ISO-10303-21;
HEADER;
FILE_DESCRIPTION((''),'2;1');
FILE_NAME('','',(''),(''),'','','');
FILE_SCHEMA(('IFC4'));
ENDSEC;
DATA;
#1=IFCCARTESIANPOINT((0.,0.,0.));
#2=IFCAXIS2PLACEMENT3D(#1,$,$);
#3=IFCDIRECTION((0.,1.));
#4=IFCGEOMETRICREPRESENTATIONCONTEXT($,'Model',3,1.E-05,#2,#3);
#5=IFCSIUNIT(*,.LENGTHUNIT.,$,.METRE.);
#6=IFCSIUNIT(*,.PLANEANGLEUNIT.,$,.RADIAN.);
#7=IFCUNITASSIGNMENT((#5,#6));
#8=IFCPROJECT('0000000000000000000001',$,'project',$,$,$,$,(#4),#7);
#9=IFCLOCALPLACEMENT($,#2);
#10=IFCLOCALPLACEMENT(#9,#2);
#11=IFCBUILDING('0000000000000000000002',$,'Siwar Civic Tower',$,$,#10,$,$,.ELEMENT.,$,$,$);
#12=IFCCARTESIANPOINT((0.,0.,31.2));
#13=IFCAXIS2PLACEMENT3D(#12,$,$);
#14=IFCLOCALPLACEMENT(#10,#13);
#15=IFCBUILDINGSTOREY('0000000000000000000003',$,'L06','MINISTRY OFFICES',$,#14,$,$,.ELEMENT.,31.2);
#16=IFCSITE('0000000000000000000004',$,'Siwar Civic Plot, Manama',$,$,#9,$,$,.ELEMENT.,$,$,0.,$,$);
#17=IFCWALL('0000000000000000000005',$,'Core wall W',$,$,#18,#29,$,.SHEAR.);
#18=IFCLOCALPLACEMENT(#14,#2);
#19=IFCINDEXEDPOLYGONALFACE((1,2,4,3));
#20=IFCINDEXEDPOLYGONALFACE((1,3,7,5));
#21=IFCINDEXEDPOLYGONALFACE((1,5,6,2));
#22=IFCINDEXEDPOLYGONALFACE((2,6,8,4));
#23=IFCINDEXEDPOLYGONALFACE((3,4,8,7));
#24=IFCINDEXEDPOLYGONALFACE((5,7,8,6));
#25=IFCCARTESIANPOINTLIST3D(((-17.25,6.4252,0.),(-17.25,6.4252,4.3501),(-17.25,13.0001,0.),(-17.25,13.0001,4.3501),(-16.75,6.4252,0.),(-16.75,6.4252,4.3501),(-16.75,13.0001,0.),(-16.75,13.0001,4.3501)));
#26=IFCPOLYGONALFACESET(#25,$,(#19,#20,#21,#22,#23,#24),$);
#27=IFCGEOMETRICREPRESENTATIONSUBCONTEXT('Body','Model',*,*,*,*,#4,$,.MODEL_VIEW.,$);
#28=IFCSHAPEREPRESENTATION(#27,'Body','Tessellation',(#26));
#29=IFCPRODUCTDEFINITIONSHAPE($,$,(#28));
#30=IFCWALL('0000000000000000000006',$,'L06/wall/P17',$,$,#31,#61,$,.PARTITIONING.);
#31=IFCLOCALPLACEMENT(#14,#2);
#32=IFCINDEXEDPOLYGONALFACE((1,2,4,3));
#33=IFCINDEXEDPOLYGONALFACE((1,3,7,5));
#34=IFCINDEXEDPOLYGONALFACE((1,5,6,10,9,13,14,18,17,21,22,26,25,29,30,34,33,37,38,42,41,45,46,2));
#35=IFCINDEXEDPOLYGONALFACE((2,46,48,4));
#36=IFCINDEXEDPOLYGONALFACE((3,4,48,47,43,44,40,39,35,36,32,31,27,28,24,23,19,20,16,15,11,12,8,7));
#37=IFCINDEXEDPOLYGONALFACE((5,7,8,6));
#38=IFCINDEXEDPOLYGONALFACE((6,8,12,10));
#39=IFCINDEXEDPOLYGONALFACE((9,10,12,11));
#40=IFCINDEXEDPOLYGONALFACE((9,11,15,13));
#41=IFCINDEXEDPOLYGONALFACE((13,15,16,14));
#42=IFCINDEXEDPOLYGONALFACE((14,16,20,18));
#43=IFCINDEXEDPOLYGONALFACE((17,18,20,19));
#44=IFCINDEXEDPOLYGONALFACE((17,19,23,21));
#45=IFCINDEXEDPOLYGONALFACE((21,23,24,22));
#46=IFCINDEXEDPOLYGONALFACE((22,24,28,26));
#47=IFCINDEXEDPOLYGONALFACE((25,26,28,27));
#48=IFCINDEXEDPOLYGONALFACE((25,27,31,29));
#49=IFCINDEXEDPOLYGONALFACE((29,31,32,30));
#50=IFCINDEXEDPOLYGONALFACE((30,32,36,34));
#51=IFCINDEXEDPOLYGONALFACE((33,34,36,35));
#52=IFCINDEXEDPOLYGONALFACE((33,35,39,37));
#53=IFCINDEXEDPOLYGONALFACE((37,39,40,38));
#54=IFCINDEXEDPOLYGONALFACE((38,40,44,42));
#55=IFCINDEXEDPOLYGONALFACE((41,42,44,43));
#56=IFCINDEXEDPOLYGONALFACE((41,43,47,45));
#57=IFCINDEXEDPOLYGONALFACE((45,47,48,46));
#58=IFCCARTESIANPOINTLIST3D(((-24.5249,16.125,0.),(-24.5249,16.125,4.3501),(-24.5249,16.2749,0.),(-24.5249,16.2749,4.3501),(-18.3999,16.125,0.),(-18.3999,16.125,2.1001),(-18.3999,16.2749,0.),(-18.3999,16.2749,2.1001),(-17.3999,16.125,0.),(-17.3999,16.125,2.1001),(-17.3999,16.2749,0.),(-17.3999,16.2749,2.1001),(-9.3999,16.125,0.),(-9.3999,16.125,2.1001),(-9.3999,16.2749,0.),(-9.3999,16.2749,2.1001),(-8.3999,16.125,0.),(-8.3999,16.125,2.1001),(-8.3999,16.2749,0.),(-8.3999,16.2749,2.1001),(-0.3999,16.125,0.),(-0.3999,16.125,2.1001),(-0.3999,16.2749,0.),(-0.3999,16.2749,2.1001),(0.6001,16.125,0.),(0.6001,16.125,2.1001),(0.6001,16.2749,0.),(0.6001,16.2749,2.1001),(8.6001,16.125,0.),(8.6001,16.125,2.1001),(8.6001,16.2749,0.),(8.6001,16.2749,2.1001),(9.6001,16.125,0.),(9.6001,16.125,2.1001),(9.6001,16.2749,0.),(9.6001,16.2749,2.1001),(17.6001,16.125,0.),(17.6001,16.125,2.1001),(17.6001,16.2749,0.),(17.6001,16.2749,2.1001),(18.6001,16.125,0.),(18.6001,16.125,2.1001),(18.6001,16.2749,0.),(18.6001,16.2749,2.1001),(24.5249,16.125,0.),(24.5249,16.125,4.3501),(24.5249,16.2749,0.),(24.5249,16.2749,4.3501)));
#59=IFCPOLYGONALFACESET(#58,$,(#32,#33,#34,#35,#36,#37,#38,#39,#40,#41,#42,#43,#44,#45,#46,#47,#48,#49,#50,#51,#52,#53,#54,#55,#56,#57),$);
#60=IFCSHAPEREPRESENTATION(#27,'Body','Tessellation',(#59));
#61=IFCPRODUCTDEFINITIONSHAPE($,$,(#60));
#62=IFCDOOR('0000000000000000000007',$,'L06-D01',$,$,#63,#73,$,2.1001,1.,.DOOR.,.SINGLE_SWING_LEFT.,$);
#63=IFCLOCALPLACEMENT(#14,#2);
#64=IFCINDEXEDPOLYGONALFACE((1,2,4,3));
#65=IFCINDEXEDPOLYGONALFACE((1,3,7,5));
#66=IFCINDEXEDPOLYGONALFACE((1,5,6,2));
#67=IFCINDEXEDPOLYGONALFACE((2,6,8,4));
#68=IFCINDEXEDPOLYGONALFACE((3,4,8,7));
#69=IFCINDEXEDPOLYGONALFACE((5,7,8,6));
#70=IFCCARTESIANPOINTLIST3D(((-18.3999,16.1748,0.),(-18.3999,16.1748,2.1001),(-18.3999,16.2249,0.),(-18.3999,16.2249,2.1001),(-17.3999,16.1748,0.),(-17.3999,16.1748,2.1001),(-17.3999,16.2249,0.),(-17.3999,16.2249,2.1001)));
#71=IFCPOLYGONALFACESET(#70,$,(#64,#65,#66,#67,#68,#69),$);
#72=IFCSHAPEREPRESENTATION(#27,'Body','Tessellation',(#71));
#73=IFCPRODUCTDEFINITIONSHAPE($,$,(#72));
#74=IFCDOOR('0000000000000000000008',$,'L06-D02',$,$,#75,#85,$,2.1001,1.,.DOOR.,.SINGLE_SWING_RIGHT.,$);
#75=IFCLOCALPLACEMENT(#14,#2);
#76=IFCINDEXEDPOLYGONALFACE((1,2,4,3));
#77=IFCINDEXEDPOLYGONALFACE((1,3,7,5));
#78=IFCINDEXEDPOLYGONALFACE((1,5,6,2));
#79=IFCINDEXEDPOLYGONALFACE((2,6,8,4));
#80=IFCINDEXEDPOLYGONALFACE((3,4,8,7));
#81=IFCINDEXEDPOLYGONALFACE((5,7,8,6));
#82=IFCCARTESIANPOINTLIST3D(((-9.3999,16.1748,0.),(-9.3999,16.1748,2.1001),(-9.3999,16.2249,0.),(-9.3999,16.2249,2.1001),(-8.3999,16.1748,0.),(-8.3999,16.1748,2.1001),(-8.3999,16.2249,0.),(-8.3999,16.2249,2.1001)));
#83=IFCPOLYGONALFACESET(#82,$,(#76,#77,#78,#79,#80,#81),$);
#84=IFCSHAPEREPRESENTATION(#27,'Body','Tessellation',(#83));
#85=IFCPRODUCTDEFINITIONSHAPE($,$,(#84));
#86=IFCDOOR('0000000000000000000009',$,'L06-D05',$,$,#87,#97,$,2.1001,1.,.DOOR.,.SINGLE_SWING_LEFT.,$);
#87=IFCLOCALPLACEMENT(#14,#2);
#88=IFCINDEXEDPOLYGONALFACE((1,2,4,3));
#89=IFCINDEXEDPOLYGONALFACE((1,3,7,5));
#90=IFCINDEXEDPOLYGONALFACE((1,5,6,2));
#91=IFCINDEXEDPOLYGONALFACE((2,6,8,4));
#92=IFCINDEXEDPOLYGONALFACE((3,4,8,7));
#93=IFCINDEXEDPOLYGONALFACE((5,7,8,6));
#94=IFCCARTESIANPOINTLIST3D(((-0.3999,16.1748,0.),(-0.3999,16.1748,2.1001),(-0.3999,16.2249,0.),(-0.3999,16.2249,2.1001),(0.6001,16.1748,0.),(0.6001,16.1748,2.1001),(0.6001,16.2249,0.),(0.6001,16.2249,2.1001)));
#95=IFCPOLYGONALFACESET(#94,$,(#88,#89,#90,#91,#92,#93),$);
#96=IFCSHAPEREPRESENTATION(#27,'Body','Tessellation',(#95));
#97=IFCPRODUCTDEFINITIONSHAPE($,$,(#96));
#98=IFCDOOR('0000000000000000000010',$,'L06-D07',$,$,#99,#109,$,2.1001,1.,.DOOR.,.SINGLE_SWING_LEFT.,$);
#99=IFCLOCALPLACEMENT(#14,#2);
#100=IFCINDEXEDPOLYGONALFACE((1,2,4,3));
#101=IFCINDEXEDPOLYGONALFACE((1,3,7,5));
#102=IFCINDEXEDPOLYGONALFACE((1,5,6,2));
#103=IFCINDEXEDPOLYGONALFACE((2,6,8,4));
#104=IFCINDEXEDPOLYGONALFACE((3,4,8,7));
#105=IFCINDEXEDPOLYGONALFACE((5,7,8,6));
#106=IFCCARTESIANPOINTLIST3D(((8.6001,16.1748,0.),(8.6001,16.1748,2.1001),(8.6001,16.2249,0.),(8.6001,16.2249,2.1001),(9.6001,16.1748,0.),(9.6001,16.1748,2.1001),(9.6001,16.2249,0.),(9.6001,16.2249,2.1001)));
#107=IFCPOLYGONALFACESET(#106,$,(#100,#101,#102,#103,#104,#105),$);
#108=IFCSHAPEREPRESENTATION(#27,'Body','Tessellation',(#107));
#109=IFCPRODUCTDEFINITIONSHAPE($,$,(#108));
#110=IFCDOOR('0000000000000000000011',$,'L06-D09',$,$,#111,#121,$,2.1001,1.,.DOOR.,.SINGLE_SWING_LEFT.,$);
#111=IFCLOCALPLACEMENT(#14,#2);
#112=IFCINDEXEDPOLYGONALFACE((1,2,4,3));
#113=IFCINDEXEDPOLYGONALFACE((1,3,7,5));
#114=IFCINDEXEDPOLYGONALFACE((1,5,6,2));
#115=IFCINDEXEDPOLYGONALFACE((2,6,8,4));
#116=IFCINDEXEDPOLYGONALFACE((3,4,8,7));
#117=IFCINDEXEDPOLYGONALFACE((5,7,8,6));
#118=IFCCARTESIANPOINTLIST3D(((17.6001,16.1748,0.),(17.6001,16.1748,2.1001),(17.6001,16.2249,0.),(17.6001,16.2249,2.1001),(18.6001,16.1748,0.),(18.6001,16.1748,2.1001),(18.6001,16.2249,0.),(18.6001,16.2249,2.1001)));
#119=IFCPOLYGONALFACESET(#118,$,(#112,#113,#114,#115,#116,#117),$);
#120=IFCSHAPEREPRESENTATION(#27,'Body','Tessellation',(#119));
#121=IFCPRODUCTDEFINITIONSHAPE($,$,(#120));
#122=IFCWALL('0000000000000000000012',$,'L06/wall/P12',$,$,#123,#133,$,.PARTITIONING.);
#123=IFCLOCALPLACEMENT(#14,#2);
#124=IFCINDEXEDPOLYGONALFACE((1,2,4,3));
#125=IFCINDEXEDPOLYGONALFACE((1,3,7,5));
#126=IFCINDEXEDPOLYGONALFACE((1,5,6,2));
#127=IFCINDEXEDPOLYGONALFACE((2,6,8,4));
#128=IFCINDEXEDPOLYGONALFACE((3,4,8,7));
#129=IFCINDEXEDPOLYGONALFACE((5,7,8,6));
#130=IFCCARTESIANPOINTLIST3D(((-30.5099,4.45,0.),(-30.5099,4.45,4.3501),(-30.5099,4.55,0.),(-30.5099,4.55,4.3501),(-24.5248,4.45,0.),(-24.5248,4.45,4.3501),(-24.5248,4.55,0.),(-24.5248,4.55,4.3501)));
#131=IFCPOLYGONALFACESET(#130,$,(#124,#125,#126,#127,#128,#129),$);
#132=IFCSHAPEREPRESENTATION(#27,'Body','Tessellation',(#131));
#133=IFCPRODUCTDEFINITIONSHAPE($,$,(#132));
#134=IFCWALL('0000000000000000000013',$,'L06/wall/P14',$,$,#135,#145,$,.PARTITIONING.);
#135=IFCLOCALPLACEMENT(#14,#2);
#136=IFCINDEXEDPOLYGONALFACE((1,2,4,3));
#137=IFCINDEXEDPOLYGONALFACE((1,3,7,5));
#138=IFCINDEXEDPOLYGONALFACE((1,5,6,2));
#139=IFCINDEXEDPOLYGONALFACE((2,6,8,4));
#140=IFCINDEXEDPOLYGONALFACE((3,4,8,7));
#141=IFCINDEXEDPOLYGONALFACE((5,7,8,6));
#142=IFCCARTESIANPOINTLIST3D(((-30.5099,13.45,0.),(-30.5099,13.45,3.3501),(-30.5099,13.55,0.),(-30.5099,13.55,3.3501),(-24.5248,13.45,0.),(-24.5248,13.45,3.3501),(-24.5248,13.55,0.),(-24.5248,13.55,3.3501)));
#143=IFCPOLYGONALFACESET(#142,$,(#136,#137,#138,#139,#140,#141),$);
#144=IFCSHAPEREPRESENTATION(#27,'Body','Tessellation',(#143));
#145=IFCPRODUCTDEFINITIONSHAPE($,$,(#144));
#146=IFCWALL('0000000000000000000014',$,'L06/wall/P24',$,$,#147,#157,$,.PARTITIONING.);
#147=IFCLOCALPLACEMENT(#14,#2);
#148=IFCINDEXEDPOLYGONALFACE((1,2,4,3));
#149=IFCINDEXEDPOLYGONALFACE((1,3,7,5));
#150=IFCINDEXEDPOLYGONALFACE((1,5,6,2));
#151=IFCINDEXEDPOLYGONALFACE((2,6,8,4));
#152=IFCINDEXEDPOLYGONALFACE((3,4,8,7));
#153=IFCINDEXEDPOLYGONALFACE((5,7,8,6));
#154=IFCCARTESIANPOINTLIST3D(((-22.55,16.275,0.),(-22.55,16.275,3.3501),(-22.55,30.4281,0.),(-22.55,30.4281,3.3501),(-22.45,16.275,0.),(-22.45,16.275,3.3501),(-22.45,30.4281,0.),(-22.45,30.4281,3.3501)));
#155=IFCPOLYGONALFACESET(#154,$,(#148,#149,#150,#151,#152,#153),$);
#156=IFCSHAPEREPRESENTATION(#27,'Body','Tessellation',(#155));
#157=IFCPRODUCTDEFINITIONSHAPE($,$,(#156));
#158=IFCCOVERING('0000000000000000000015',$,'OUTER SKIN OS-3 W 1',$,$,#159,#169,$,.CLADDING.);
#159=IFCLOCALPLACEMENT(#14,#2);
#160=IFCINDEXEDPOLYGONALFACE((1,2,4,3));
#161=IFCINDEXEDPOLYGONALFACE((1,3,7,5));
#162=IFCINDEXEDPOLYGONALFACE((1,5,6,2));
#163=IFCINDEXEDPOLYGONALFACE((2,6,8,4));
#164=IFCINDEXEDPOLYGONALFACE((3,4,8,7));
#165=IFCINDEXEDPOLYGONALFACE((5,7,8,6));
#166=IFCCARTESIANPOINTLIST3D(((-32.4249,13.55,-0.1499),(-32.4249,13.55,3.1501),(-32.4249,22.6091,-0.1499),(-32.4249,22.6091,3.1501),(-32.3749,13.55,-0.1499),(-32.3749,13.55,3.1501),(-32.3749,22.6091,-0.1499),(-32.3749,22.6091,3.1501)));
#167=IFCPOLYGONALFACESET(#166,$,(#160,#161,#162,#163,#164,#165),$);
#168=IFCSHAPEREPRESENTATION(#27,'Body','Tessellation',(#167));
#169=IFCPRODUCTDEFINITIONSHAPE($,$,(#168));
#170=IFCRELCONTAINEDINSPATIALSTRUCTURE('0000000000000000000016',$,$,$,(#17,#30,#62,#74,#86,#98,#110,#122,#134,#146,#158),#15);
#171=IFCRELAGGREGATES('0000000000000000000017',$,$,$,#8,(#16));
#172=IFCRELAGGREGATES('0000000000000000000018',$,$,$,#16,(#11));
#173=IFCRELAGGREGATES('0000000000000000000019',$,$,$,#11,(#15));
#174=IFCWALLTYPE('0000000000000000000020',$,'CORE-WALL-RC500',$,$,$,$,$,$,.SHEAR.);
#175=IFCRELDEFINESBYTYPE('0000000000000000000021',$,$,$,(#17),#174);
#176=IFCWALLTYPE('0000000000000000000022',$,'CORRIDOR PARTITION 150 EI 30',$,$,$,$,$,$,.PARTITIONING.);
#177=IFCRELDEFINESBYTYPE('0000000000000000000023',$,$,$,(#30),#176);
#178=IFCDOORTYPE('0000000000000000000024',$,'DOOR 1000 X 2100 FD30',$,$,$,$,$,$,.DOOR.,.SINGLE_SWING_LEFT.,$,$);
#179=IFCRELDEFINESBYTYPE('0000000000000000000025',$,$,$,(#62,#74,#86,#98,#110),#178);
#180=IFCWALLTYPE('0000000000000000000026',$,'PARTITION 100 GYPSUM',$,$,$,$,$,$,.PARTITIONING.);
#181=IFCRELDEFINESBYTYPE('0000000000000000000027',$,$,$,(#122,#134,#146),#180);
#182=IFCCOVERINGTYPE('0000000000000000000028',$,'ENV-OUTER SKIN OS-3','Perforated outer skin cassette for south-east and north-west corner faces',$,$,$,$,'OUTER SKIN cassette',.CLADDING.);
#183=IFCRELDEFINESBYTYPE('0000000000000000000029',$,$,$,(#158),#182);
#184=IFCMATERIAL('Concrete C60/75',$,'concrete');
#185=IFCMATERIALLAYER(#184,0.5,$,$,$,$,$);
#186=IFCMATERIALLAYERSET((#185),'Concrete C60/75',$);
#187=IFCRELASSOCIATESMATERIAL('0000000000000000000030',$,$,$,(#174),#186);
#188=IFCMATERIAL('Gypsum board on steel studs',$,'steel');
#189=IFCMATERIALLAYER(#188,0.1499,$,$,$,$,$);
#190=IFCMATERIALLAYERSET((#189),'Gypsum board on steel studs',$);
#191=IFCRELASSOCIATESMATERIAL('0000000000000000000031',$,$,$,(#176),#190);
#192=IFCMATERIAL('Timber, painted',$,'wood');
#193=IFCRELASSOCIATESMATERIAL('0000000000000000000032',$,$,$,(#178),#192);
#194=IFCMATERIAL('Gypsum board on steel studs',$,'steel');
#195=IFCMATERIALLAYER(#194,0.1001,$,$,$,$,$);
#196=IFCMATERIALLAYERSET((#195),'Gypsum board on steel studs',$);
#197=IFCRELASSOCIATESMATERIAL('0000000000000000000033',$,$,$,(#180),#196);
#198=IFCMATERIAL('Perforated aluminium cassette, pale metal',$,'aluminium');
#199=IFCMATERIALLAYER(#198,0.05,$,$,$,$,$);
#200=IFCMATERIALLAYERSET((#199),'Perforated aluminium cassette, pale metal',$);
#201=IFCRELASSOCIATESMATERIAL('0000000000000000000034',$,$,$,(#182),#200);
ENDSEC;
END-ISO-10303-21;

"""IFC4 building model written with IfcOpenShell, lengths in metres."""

from ifc_helpers import new_model, si_unit, direction, frame, frame_2d, origin, origin_2d, place, context, subcontext, project, spatial, rectangle, extrude, material, layer, layer_set, type_object, element, fill, save


model = new_model("IFC4")

# Units and contexts
model_context = context("Model", 3, precision=1e-05, world=origin(), true_north=direction((0.0, 1.0)))
body_context = subcontext(model_context, "Body", "Model", "MODEL_VIEW")
ifc_project = project(units=[si_unit("LENGTHUNIT", "METRE"), si_unit("PLANEANGLEUNIT", "RADIAN")], contexts=[model_context])

# Site, building, storey
site_placement = place(None, origin())
site = spatial("IfcSite", under=ifc_project, at=site_placement, Name="Siwar Civic Plot, Manama", CompositionType="ELEMENT", RefElevation=0.0)
building_placement = place(site_placement, origin())
building = spatial("IfcBuilding", under=site, at=building_placement, Name="Siwar Civic Tower", CompositionType="ELEMENT")
storey_placement = place(building_placement, frame((0.0, 0.0, 31.2)))
storey = spatial("IfcBuildingStorey", under=building, at=storey_placement, Name="L06", Description="MINISTRY OFFICES", CompositionType="ELEMENT", Elevation=31.2)

# Wall
ifc_material_1 = material(Name="Concrete C60/75", Category="concrete")
ifc_layer_1 = layer(ifc_material_1, 0.5)
ifc_layer_set_1 = layer_set([ifc_layer_1], Name="Concrete C60/75")
wall_type_1 = type_object("IfcWallType", Name="CORE-WALL-RC500", PredefinedType="SHEAR", material=ifc_layer_set_1)
wall_1_placement = place(storey_placement, frame((-17.0, 6.425, 0.0), z_axis=(0.0, 0.0, 1.0), x_axis=(0.0, 1.0, 0.0)))
element("IfcWall", 1, at=wall_1_placement, inside=storey, type_object=wall_type_1, Name="Core wall W", PredefinedType="SHEAR", context=body_context, shape_type="SweptSolid", body=[
    extrude(rectangle(XDim=6.575, YDim=0.5, at=frame_2d((3.2876, 0.0))), origin(), (0.0, 0.0, 1.0), 4.3501),
])

# Wall, openings, doors
ifc_material_2 = material(Name="Gypsum board on steel studs", Category="steel")
ifc_layer_2 = layer(ifc_material_2, 0.1499)
ifc_layer_set_2 = layer_set([ifc_layer_2], Name="Gypsum board on steel studs")
wall_type_2 = type_object("IfcWallType", Name="CORRIDOR PARTITION 150 EI 30", PredefinedType="PARTITIONING", material=ifc_layer_set_2)
wall_2_placement = place(storey_placement, frame((-24.5249, 16.2, 0.0), z_axis=(0.0, 0.0, 1.0), x_axis=(1.0, 0.0, 0.0)))
wall_2 = element("IfcWall", 2, at=wall_2_placement, inside=storey, type_object=wall_type_2, Name="L06/wall/P17", PredefinedType="PARTITIONING", context=body_context, shape_type="SweptSolid", body=[
    extrude(rectangle(XDim=49.0498, YDim=0.1499, at=frame_2d((24.5249, 0.0))), origin(), (0.0, 0.0, 1.0), 4.3501),
])
opening_1_placement = place(wall_2_placement, frame((6.125, 0.0, 0.0)))
opening_1 = element("IfcOpeningElement", 3, at=opening_1_placement, cuts=wall_2, PredefinedType="OPENING", context=body_context, shape_type="SweptSolid", body=[
    extrude(rectangle(XDim=1.0, YDim=2.1001, at=frame_2d((0.5, 1.05))), frame((0.0, 0.085, 0.0), z_axis=(0.0, -1.0, 0.0), x_axis=(1.0, 0.0, 0.0)), (0.0, 0.0, 1.0), 0.1699),
])
opening_2_placement = place(wall_2_placement, frame((15.125, 0.0, 0.0)))
opening_2 = element("IfcOpeningElement", 4, at=opening_2_placement, cuts=wall_2, PredefinedType="OPENING", context=body_context, shape_type="SweptSolid", body=[
    extrude(rectangle(XDim=1.0, YDim=2.1001, at=frame_2d((0.5, 1.05))), frame((0.0, 0.085, 0.0), z_axis=(0.0, -1.0, 0.0), x_axis=(1.0, 0.0, 0.0)), (0.0, 0.0, 1.0), 0.1699),
])
opening_3_placement = place(wall_2_placement, frame((24.125, 0.0, 0.0)))
opening_3 = element("IfcOpeningElement", 5, at=opening_3_placement, cuts=wall_2, PredefinedType="OPENING", context=body_context, shape_type="SweptSolid", body=[
    extrude(rectangle(XDim=1.0, YDim=2.1001, at=frame_2d((0.5, 1.05))), frame((0.0, 0.085, 0.0), z_axis=(0.0, -1.0, 0.0), x_axis=(1.0, 0.0, 0.0)), (0.0, 0.0, 1.0), 0.1699),
])
opening_4_placement = place(wall_2_placement, frame((33.125, 0.0, 0.0)))
opening_4 = element("IfcOpeningElement", 6, at=opening_4_placement, cuts=wall_2, PredefinedType="OPENING", context=body_context, shape_type="SweptSolid", body=[
    extrude(rectangle(XDim=1.0, YDim=2.1001, at=frame_2d((0.5, 1.05))), frame((0.0, 0.085, 0.0), z_axis=(0.0, -1.0, 0.0), x_axis=(1.0, 0.0, 0.0)), (0.0, 0.0, 1.0), 0.1699),
])
opening_5_placement = place(wall_2_placement, frame((42.125, 0.0, 0.0)))
opening_5 = element("IfcOpeningElement", 7, at=opening_5_placement, cuts=wall_2, PredefinedType="OPENING", context=body_context, shape_type="SweptSolid", body=[
    extrude(rectangle(XDim=1.0, YDim=2.1001, at=frame_2d((0.5, 1.05))), frame((0.0, 0.085, 0.0), z_axis=(0.0, -1.0, 0.0), x_axis=(1.0, 0.0, 0.0)), (0.0, 0.0, 1.0), 0.1699),
])
ifc_material_3 = material(Name="Timber, painted", Category="wood")
door_type = type_object("IfcDoorType", Name="DOOR 1000 X 2100 FD30", OperationType="SINGLE_SWING_LEFT", PredefinedType="DOOR", material=ifc_material_3)
door_1_placement = place(opening_1_placement, origin())
door_1 = element("IfcDoor", 8, at=door_1_placement, inside=storey, type_object=door_type, Name="L06-D01", OperationType="SINGLE_SWING_LEFT", OverallHeight=2.1001, OverallWidth=1.0, PredefinedType="DOOR", context=body_context, shape_type="SweptSolid", body=[
    extrude(rectangle(XDim=1.0, YDim=2.1001, at=frame_2d((0.5, 1.05))), frame((0.0, 0.0249, 0.0), z_axis=(0.0, -1.0, 0.0), x_axis=(1.0, 0.0, 0.0)), (0.0, 0.0, 1.0), 0.05),
])
fill(opening_1, door_1)
door_2_placement = place(opening_2_placement, origin())
door_2 = element("IfcDoor", 9, at=door_2_placement, inside=storey, type_object=door_type, Name="L06-D02", OperationType="SINGLE_SWING_RIGHT", OverallHeight=2.1001, OverallWidth=1.0, PredefinedType="DOOR", context=body_context, shape_type="SweptSolid", body=[
    extrude(rectangle(XDim=1.0, YDim=2.1001, at=frame_2d((0.5, 1.05))), frame((0.0, 0.0249, 0.0), z_axis=(0.0, -1.0, 0.0), x_axis=(1.0, 0.0, 0.0)), (0.0, 0.0, 1.0), 0.05),
])
fill(opening_2, door_2)
door_3_placement = place(opening_3_placement, origin())
door_3 = element("IfcDoor", 10, at=door_3_placement, inside=storey, type_object=door_type, Name="L06-D05", OperationType="SINGLE_SWING_LEFT", OverallHeight=2.1001, OverallWidth=1.0, PredefinedType="DOOR", context=body_context, shape_type="SweptSolid", body=[
    extrude(rectangle(XDim=1.0, YDim=2.1001, at=frame_2d((0.5, 1.05))), frame((0.0, 0.0249, 0.0), z_axis=(0.0, -1.0, 0.0), x_axis=(1.0, 0.0, 0.0)), (0.0, 0.0, 1.0), 0.05),
])
fill(opening_3, door_3)
door_4_placement = place(opening_4_placement, origin())
door_4 = element("IfcDoor", 11, at=door_4_placement, inside=storey, type_object=door_type, Name="L06-D07", OperationType="SINGLE_SWING_LEFT", OverallHeight=2.1001, OverallWidth=1.0, PredefinedType="DOOR", context=body_context, shape_type="SweptSolid", body=[
    extrude(rectangle(XDim=1.0, YDim=2.1001, at=frame_2d((0.5, 1.05))), frame((0.0, 0.0249, 0.0), z_axis=(0.0, -1.0, 0.0), x_axis=(1.0, 0.0, 0.0)), (0.0, 0.0, 1.0), 0.05),
])
fill(opening_4, door_4)
door_5_placement = place(opening_5_placement, origin())
door_5 = element("IfcDoor", 12, at=door_5_placement, inside=storey, type_object=door_type, Name="L06-D09", OperationType="SINGLE_SWING_LEFT", OverallHeight=2.1001, OverallWidth=1.0, PredefinedType="DOOR", context=body_context, shape_type="SweptSolid", body=[
    extrude(rectangle(XDim=1.0, YDim=2.1001, at=frame_2d((0.5, 1.05))), frame((0.0, 0.0249, 0.0), z_axis=(0.0, -1.0, 0.0), x_axis=(1.0, 0.0, 0.0)), (0.0, 0.0, 1.0), 0.05),
])
fill(opening_5, door_5)

# Walls
ifc_material_4 = material(Name="Gypsum board on steel studs", Category="steel")
ifc_layer_3 = layer(ifc_material_4, 0.1001)
ifc_layer_set_3 = layer_set([ifc_layer_3], Name="Gypsum board on steel studs")
wall_type_3 = type_object("IfcWallType", Name="PARTITION 100 GYPSUM", PredefinedType="PARTITIONING", material=ifc_layer_set_3)
wall_3_placement = place(storey_placement, frame((-30.51, 4.5, 0.0), z_axis=(0.0, 0.0, 1.0), x_axis=(1.0, 0.0, 0.0)))
element("IfcWall", 13, at=wall_3_placement, inside=storey, type_object=wall_type_3, Name="L06/wall/P12", PredefinedType="PARTITIONING", context=body_context, shape_type="SweptSolid", body=[
    extrude(rectangle(XDim=5.9851, YDim=0.1001, at=frame_2d((2.9927, 0.0))), origin(), (0.0, 0.0, 1.0), 4.3501),
])
wall_4_placement = place(storey_placement, frame((-30.51, 13.5, 0.0), z_axis=(0.0, 0.0, 1.0), x_axis=(1.0, 0.0, 0.0)))
element("IfcWall", 14, at=wall_4_placement, inside=storey, type_object=wall_type_3, Name="L06/wall/P14", PredefinedType="PARTITIONING", context=body_context, shape_type="SweptSolid", body=[
    extrude(rectangle(XDim=5.9851, YDim=0.1001, at=frame_2d((2.9927, 0.0))), origin(), (0.0, 0.0, 1.0), 3.3501),
])
wall_5_placement = place(storey_placement, frame((-22.5, 16.2749, 0.0), z_axis=(0.0, 0.0, 1.0), x_axis=(0.0, 1.0, 0.0)))
element("IfcWall", 15, at=wall_5_placement, inside=storey, type_object=wall_type_3, Name="L06/wall/P24", PredefinedType="PARTITIONING", context=body_context, shape_type="SweptSolid", body=[
    extrude(rectangle(XDim=14.1531, YDim=0.1001, at=frame_2d((7.0767, 0.0))), origin(), (0.0, 0.0, 1.0), 3.3501),
])

# Covering
ifc_material_5 = material(Name="Perforated aluminium cassette, pale metal", Category="aluminium")
ifc_layer_4 = layer(ifc_material_5, 0.05)
ifc_layer_set_4 = layer_set([ifc_layer_4], Name="Perforated aluminium cassette, pale metal")
covering_type = type_object("IfcCoveringType", Name="ENV-OUTER SKIN OS-3", Description="Perforated outer skin cassette for south-east and north-west corner faces", ElementType="OUTER SKIN cassette", PredefinedType="CLADDING", material=ifc_layer_set_4)
covering_1_placement = place(storey_placement, frame((-32.3999, 18.0796, -0.1499), z_axis=(0.0, 0.0, 1.0), x_axis=(0.0, -1.0, 0.0)))
element("IfcCovering", 16, at=covering_1_placement, inside=storey, type_object=covering_type, Name="OUTER SKIN OS-3 W 1", PredefinedType="CLADDING", context=body_context, shape_type="SweptSolid", body=[
    extrude(rectangle(XDim=9.0591, YDim=0.05, at=origin_2d()), origin(), (0.0, 0.0, 1.0), 3.3),
])

save(model, "model.ifc")
